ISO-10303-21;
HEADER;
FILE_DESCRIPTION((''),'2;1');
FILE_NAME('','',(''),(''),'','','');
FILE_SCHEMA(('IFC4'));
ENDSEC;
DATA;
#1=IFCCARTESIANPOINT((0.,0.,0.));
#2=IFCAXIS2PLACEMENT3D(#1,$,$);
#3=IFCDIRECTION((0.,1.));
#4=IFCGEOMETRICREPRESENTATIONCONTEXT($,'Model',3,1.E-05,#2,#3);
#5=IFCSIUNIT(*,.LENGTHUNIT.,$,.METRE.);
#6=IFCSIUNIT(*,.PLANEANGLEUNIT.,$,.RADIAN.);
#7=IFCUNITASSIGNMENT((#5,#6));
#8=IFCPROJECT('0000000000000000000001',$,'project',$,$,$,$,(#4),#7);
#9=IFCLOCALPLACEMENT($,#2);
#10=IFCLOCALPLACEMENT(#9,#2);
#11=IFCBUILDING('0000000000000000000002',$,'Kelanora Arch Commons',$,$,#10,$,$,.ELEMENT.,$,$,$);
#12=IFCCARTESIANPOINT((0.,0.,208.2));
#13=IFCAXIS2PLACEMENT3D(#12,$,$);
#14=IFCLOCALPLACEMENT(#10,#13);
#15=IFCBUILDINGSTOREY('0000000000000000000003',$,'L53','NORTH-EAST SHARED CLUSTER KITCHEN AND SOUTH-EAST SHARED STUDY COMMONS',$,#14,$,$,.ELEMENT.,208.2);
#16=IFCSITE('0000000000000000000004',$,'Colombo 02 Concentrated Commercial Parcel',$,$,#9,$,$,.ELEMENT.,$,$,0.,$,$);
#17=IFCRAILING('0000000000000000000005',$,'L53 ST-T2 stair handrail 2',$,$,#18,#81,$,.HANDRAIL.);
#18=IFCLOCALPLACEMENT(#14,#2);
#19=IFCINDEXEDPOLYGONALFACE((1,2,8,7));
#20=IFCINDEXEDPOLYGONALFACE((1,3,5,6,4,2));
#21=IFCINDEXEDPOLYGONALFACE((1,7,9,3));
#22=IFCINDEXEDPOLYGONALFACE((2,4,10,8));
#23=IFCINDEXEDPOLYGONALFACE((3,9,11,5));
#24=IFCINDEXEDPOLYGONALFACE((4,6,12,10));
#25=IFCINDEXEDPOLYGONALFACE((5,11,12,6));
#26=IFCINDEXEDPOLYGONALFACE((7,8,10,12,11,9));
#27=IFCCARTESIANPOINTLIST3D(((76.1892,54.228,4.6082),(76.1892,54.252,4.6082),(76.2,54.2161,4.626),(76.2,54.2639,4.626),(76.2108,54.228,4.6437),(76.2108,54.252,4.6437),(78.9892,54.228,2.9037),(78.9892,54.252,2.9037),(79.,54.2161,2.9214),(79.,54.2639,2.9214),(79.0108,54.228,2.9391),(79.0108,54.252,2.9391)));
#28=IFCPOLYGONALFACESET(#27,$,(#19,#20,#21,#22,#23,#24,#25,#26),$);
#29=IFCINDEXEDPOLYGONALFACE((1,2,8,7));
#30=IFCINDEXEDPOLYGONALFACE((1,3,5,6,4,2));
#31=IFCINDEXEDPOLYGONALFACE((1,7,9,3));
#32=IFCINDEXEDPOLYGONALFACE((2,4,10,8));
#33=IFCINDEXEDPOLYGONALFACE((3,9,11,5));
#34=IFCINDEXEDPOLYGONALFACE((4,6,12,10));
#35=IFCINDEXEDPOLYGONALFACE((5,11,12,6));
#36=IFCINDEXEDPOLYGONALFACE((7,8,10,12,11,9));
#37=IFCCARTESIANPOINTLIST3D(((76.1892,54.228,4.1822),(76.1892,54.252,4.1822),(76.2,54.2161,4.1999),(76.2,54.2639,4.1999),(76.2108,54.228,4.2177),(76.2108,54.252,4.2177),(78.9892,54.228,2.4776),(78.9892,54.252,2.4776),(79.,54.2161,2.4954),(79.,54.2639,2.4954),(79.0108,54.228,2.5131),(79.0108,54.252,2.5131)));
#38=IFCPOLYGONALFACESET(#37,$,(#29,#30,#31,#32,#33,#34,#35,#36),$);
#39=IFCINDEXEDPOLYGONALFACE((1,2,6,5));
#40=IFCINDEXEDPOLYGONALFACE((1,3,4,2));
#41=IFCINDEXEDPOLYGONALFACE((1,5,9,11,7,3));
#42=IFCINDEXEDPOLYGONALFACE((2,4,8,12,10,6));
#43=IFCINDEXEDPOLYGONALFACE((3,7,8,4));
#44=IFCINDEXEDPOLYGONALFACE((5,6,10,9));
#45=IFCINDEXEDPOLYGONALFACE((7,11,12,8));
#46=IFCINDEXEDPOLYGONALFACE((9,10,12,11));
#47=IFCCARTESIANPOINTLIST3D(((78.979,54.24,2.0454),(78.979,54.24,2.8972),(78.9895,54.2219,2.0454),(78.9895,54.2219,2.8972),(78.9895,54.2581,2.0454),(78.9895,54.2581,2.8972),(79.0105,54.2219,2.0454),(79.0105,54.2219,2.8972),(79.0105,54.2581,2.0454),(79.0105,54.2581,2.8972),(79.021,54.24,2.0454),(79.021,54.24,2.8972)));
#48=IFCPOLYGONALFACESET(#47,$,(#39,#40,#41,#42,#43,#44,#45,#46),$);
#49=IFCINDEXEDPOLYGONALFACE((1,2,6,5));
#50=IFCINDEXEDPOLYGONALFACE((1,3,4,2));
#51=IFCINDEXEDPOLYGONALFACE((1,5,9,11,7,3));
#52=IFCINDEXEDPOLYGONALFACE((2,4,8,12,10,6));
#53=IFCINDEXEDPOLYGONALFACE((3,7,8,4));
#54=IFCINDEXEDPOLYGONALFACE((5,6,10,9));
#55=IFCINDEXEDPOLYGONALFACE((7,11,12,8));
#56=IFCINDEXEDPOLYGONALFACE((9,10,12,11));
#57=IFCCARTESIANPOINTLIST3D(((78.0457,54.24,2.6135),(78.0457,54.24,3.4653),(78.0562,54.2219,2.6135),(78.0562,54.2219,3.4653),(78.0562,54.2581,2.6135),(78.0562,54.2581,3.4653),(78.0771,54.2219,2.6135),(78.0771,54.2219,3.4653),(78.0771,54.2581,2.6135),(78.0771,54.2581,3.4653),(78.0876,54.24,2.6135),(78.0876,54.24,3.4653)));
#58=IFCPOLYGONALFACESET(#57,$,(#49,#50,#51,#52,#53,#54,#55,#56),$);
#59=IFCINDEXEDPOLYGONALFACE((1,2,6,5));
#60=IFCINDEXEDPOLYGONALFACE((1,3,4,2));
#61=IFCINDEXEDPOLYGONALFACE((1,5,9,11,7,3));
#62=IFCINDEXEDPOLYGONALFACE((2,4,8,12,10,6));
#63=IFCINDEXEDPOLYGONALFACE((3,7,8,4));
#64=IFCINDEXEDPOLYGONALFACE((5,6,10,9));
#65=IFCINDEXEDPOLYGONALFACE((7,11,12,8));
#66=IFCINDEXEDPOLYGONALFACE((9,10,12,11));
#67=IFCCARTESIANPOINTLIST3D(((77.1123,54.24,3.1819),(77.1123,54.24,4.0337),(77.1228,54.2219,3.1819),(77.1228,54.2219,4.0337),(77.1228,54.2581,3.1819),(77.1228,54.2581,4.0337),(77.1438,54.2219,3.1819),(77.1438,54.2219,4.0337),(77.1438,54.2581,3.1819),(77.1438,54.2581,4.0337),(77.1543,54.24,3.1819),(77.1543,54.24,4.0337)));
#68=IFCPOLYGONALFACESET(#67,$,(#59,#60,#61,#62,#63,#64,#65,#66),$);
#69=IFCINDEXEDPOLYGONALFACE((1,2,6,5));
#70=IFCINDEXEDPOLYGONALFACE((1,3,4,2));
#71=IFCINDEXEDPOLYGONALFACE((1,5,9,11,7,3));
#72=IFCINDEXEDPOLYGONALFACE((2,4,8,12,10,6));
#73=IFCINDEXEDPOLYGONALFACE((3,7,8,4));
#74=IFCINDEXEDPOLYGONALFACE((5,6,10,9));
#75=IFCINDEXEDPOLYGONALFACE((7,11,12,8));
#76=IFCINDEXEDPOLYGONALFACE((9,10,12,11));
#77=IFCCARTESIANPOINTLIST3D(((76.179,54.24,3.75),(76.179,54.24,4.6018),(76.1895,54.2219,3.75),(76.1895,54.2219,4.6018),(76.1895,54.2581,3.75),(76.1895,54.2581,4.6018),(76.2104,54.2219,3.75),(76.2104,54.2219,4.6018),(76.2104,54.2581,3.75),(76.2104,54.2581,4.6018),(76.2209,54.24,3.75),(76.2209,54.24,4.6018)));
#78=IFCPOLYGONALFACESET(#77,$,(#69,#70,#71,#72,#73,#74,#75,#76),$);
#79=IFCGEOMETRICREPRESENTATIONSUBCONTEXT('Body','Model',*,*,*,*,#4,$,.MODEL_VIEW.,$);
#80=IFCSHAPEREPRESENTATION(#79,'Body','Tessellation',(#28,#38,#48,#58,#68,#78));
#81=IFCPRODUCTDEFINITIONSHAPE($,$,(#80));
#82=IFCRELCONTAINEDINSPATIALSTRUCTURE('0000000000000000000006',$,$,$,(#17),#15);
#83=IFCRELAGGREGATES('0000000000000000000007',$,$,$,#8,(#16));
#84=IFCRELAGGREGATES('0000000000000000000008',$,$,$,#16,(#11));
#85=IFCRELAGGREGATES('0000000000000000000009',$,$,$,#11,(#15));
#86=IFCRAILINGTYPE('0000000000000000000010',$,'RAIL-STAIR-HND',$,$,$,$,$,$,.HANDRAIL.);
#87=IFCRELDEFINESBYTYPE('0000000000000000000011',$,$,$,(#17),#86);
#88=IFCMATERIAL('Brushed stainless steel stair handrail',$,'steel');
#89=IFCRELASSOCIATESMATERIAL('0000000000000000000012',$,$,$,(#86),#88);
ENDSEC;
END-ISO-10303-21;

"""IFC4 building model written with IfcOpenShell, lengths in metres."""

from ifc_helpers import new_model, si_unit, direction, frame, origin, place, context, subcontext, project, spatial, polyline, outline, extrude, material, type_object, element, save


model = new_model("IFC4")

# Units and contexts
model_context = context("Model", 3, precision=1e-05, world=origin(), true_north=direction((0.0, 1.0)))
body_context = subcontext(model_context, "Body", "Model", "MODEL_VIEW")
ifc_project = project(units=[si_unit("LENGTHUNIT", "METRE"), si_unit("PLANEANGLEUNIT", "RADIAN")], contexts=[model_context])

# Site, building, storey
site_placement = place(None, origin())
site = spatial("IfcSite", under=ifc_project, at=site_placement, Name="Colombo 02 Concentrated Commercial Parcel", CompositionType="ELEMENT", RefElevation=0.0)
building_placement = place(site_placement, origin())
building = spatial("IfcBuilding", under=site, at=building_placement, Name="Kelanora Arch Commons", CompositionType="ELEMENT")
storey_placement = place(building_placement, frame((0.0, 0.0, 208.2)))
storey = spatial("IfcBuildingStorey", under=building, at=storey_placement, Name="L53", Description="NORTH-EAST SHARED CLUSTER KITCHEN AND SOUTH-EAST SHARED STUDY COMMONS", CompositionType="ELEMENT", Elevation=208.2)

# Railing
ifc_material_1 = material(Name="Brushed stainless steel stair handrail", Category="steel")
railing_type_1 = type_object("IfcRailingType", Name="RAIL-STAIR-HND", PredefinedType="HANDRAIL", material=ifc_material_1)
railing_1_placement = place(storey_placement, frame((79.0, 54.24, 2.0454)))
element("IfcRailing", 1, at=railing_1_placement, inside=storey, type_object=railing_type_1, Name="L53 ST-T2 stair handrail 2", PredefinedType="HANDRAIL", context=body_context, shape_type="SweptSolid", body=[
    extrude(outline(polyline([(0.0239, 0.0), (0.012, 0.0208), (-0.012, 0.0208), (-0.0239, 0.0), (-0.012, -0.0208), (0.012, -0.0208), (0.0239, 0.0)])), frame((0.0, 0.0, 0.876), z_axis=(-0.85417, 0.0, 0.519994), x_axis=(0.0, -1.0, 0.0)), (0.0, 0.0, 1.0), 3.2781),
    extrude(outline(polyline([(0.0239, 0.0), (0.012, 0.0208), (-0.012, 0.0208), (-0.0239, 0.0), (-0.012, -0.0208), (0.012, -0.0208), (0.0239, 0.0)])), frame((0.0, 0.0, 0.45), z_axis=(-0.85417, 0.0, 0.519994), x_axis=(0.0, -1.0, 0.0)), (0.0, 0.0, 1.0), 3.2781),
    extrude(outline(polyline([(0.021, 0.0), (0.0105, 0.0181), (-0.0105, 0.0181), (-0.021, 0.0), (-0.0105, -0.0181), (0.0105, -0.0181), (0.021, 0.0)])), origin(), (0.0, 0.0, 1.0), 0.8518),
    extrude(outline(polyline([(0.021, 0.0), (0.0105, 0.0181), (-0.0105, 0.0181), (-0.021, 0.0), (-0.0105, -0.0181), (0.0105, -0.0181), (0.021, 0.0)])), frame((-0.9333, 0.0, 0.5681)), (0.0, 0.0, 1.0), 0.8518),
    extrude(outline(polyline([(0.021, 0.0), (0.0105, 0.0181), (-0.0105, 0.0181), (-0.021, 0.0), (-0.0105, -0.0181), (0.0105, -0.0181), (0.021, 0.0)])), frame((-1.8667, 0.0, 1.1365)), (0.0, 0.0, 1.0), 0.8518),
    extrude(outline(polyline([(0.021, 0.0), (0.0105, 0.0181), (-0.0105, 0.0181), (-0.021, 0.0), (-0.0105, -0.0181), (0.0105, -0.0181), (0.021, 0.0)])), frame((-2.8, 0.0, 1.7046)), (0.0, 0.0, 1.0), 0.8518),
])

save(model, "model.ifc")
